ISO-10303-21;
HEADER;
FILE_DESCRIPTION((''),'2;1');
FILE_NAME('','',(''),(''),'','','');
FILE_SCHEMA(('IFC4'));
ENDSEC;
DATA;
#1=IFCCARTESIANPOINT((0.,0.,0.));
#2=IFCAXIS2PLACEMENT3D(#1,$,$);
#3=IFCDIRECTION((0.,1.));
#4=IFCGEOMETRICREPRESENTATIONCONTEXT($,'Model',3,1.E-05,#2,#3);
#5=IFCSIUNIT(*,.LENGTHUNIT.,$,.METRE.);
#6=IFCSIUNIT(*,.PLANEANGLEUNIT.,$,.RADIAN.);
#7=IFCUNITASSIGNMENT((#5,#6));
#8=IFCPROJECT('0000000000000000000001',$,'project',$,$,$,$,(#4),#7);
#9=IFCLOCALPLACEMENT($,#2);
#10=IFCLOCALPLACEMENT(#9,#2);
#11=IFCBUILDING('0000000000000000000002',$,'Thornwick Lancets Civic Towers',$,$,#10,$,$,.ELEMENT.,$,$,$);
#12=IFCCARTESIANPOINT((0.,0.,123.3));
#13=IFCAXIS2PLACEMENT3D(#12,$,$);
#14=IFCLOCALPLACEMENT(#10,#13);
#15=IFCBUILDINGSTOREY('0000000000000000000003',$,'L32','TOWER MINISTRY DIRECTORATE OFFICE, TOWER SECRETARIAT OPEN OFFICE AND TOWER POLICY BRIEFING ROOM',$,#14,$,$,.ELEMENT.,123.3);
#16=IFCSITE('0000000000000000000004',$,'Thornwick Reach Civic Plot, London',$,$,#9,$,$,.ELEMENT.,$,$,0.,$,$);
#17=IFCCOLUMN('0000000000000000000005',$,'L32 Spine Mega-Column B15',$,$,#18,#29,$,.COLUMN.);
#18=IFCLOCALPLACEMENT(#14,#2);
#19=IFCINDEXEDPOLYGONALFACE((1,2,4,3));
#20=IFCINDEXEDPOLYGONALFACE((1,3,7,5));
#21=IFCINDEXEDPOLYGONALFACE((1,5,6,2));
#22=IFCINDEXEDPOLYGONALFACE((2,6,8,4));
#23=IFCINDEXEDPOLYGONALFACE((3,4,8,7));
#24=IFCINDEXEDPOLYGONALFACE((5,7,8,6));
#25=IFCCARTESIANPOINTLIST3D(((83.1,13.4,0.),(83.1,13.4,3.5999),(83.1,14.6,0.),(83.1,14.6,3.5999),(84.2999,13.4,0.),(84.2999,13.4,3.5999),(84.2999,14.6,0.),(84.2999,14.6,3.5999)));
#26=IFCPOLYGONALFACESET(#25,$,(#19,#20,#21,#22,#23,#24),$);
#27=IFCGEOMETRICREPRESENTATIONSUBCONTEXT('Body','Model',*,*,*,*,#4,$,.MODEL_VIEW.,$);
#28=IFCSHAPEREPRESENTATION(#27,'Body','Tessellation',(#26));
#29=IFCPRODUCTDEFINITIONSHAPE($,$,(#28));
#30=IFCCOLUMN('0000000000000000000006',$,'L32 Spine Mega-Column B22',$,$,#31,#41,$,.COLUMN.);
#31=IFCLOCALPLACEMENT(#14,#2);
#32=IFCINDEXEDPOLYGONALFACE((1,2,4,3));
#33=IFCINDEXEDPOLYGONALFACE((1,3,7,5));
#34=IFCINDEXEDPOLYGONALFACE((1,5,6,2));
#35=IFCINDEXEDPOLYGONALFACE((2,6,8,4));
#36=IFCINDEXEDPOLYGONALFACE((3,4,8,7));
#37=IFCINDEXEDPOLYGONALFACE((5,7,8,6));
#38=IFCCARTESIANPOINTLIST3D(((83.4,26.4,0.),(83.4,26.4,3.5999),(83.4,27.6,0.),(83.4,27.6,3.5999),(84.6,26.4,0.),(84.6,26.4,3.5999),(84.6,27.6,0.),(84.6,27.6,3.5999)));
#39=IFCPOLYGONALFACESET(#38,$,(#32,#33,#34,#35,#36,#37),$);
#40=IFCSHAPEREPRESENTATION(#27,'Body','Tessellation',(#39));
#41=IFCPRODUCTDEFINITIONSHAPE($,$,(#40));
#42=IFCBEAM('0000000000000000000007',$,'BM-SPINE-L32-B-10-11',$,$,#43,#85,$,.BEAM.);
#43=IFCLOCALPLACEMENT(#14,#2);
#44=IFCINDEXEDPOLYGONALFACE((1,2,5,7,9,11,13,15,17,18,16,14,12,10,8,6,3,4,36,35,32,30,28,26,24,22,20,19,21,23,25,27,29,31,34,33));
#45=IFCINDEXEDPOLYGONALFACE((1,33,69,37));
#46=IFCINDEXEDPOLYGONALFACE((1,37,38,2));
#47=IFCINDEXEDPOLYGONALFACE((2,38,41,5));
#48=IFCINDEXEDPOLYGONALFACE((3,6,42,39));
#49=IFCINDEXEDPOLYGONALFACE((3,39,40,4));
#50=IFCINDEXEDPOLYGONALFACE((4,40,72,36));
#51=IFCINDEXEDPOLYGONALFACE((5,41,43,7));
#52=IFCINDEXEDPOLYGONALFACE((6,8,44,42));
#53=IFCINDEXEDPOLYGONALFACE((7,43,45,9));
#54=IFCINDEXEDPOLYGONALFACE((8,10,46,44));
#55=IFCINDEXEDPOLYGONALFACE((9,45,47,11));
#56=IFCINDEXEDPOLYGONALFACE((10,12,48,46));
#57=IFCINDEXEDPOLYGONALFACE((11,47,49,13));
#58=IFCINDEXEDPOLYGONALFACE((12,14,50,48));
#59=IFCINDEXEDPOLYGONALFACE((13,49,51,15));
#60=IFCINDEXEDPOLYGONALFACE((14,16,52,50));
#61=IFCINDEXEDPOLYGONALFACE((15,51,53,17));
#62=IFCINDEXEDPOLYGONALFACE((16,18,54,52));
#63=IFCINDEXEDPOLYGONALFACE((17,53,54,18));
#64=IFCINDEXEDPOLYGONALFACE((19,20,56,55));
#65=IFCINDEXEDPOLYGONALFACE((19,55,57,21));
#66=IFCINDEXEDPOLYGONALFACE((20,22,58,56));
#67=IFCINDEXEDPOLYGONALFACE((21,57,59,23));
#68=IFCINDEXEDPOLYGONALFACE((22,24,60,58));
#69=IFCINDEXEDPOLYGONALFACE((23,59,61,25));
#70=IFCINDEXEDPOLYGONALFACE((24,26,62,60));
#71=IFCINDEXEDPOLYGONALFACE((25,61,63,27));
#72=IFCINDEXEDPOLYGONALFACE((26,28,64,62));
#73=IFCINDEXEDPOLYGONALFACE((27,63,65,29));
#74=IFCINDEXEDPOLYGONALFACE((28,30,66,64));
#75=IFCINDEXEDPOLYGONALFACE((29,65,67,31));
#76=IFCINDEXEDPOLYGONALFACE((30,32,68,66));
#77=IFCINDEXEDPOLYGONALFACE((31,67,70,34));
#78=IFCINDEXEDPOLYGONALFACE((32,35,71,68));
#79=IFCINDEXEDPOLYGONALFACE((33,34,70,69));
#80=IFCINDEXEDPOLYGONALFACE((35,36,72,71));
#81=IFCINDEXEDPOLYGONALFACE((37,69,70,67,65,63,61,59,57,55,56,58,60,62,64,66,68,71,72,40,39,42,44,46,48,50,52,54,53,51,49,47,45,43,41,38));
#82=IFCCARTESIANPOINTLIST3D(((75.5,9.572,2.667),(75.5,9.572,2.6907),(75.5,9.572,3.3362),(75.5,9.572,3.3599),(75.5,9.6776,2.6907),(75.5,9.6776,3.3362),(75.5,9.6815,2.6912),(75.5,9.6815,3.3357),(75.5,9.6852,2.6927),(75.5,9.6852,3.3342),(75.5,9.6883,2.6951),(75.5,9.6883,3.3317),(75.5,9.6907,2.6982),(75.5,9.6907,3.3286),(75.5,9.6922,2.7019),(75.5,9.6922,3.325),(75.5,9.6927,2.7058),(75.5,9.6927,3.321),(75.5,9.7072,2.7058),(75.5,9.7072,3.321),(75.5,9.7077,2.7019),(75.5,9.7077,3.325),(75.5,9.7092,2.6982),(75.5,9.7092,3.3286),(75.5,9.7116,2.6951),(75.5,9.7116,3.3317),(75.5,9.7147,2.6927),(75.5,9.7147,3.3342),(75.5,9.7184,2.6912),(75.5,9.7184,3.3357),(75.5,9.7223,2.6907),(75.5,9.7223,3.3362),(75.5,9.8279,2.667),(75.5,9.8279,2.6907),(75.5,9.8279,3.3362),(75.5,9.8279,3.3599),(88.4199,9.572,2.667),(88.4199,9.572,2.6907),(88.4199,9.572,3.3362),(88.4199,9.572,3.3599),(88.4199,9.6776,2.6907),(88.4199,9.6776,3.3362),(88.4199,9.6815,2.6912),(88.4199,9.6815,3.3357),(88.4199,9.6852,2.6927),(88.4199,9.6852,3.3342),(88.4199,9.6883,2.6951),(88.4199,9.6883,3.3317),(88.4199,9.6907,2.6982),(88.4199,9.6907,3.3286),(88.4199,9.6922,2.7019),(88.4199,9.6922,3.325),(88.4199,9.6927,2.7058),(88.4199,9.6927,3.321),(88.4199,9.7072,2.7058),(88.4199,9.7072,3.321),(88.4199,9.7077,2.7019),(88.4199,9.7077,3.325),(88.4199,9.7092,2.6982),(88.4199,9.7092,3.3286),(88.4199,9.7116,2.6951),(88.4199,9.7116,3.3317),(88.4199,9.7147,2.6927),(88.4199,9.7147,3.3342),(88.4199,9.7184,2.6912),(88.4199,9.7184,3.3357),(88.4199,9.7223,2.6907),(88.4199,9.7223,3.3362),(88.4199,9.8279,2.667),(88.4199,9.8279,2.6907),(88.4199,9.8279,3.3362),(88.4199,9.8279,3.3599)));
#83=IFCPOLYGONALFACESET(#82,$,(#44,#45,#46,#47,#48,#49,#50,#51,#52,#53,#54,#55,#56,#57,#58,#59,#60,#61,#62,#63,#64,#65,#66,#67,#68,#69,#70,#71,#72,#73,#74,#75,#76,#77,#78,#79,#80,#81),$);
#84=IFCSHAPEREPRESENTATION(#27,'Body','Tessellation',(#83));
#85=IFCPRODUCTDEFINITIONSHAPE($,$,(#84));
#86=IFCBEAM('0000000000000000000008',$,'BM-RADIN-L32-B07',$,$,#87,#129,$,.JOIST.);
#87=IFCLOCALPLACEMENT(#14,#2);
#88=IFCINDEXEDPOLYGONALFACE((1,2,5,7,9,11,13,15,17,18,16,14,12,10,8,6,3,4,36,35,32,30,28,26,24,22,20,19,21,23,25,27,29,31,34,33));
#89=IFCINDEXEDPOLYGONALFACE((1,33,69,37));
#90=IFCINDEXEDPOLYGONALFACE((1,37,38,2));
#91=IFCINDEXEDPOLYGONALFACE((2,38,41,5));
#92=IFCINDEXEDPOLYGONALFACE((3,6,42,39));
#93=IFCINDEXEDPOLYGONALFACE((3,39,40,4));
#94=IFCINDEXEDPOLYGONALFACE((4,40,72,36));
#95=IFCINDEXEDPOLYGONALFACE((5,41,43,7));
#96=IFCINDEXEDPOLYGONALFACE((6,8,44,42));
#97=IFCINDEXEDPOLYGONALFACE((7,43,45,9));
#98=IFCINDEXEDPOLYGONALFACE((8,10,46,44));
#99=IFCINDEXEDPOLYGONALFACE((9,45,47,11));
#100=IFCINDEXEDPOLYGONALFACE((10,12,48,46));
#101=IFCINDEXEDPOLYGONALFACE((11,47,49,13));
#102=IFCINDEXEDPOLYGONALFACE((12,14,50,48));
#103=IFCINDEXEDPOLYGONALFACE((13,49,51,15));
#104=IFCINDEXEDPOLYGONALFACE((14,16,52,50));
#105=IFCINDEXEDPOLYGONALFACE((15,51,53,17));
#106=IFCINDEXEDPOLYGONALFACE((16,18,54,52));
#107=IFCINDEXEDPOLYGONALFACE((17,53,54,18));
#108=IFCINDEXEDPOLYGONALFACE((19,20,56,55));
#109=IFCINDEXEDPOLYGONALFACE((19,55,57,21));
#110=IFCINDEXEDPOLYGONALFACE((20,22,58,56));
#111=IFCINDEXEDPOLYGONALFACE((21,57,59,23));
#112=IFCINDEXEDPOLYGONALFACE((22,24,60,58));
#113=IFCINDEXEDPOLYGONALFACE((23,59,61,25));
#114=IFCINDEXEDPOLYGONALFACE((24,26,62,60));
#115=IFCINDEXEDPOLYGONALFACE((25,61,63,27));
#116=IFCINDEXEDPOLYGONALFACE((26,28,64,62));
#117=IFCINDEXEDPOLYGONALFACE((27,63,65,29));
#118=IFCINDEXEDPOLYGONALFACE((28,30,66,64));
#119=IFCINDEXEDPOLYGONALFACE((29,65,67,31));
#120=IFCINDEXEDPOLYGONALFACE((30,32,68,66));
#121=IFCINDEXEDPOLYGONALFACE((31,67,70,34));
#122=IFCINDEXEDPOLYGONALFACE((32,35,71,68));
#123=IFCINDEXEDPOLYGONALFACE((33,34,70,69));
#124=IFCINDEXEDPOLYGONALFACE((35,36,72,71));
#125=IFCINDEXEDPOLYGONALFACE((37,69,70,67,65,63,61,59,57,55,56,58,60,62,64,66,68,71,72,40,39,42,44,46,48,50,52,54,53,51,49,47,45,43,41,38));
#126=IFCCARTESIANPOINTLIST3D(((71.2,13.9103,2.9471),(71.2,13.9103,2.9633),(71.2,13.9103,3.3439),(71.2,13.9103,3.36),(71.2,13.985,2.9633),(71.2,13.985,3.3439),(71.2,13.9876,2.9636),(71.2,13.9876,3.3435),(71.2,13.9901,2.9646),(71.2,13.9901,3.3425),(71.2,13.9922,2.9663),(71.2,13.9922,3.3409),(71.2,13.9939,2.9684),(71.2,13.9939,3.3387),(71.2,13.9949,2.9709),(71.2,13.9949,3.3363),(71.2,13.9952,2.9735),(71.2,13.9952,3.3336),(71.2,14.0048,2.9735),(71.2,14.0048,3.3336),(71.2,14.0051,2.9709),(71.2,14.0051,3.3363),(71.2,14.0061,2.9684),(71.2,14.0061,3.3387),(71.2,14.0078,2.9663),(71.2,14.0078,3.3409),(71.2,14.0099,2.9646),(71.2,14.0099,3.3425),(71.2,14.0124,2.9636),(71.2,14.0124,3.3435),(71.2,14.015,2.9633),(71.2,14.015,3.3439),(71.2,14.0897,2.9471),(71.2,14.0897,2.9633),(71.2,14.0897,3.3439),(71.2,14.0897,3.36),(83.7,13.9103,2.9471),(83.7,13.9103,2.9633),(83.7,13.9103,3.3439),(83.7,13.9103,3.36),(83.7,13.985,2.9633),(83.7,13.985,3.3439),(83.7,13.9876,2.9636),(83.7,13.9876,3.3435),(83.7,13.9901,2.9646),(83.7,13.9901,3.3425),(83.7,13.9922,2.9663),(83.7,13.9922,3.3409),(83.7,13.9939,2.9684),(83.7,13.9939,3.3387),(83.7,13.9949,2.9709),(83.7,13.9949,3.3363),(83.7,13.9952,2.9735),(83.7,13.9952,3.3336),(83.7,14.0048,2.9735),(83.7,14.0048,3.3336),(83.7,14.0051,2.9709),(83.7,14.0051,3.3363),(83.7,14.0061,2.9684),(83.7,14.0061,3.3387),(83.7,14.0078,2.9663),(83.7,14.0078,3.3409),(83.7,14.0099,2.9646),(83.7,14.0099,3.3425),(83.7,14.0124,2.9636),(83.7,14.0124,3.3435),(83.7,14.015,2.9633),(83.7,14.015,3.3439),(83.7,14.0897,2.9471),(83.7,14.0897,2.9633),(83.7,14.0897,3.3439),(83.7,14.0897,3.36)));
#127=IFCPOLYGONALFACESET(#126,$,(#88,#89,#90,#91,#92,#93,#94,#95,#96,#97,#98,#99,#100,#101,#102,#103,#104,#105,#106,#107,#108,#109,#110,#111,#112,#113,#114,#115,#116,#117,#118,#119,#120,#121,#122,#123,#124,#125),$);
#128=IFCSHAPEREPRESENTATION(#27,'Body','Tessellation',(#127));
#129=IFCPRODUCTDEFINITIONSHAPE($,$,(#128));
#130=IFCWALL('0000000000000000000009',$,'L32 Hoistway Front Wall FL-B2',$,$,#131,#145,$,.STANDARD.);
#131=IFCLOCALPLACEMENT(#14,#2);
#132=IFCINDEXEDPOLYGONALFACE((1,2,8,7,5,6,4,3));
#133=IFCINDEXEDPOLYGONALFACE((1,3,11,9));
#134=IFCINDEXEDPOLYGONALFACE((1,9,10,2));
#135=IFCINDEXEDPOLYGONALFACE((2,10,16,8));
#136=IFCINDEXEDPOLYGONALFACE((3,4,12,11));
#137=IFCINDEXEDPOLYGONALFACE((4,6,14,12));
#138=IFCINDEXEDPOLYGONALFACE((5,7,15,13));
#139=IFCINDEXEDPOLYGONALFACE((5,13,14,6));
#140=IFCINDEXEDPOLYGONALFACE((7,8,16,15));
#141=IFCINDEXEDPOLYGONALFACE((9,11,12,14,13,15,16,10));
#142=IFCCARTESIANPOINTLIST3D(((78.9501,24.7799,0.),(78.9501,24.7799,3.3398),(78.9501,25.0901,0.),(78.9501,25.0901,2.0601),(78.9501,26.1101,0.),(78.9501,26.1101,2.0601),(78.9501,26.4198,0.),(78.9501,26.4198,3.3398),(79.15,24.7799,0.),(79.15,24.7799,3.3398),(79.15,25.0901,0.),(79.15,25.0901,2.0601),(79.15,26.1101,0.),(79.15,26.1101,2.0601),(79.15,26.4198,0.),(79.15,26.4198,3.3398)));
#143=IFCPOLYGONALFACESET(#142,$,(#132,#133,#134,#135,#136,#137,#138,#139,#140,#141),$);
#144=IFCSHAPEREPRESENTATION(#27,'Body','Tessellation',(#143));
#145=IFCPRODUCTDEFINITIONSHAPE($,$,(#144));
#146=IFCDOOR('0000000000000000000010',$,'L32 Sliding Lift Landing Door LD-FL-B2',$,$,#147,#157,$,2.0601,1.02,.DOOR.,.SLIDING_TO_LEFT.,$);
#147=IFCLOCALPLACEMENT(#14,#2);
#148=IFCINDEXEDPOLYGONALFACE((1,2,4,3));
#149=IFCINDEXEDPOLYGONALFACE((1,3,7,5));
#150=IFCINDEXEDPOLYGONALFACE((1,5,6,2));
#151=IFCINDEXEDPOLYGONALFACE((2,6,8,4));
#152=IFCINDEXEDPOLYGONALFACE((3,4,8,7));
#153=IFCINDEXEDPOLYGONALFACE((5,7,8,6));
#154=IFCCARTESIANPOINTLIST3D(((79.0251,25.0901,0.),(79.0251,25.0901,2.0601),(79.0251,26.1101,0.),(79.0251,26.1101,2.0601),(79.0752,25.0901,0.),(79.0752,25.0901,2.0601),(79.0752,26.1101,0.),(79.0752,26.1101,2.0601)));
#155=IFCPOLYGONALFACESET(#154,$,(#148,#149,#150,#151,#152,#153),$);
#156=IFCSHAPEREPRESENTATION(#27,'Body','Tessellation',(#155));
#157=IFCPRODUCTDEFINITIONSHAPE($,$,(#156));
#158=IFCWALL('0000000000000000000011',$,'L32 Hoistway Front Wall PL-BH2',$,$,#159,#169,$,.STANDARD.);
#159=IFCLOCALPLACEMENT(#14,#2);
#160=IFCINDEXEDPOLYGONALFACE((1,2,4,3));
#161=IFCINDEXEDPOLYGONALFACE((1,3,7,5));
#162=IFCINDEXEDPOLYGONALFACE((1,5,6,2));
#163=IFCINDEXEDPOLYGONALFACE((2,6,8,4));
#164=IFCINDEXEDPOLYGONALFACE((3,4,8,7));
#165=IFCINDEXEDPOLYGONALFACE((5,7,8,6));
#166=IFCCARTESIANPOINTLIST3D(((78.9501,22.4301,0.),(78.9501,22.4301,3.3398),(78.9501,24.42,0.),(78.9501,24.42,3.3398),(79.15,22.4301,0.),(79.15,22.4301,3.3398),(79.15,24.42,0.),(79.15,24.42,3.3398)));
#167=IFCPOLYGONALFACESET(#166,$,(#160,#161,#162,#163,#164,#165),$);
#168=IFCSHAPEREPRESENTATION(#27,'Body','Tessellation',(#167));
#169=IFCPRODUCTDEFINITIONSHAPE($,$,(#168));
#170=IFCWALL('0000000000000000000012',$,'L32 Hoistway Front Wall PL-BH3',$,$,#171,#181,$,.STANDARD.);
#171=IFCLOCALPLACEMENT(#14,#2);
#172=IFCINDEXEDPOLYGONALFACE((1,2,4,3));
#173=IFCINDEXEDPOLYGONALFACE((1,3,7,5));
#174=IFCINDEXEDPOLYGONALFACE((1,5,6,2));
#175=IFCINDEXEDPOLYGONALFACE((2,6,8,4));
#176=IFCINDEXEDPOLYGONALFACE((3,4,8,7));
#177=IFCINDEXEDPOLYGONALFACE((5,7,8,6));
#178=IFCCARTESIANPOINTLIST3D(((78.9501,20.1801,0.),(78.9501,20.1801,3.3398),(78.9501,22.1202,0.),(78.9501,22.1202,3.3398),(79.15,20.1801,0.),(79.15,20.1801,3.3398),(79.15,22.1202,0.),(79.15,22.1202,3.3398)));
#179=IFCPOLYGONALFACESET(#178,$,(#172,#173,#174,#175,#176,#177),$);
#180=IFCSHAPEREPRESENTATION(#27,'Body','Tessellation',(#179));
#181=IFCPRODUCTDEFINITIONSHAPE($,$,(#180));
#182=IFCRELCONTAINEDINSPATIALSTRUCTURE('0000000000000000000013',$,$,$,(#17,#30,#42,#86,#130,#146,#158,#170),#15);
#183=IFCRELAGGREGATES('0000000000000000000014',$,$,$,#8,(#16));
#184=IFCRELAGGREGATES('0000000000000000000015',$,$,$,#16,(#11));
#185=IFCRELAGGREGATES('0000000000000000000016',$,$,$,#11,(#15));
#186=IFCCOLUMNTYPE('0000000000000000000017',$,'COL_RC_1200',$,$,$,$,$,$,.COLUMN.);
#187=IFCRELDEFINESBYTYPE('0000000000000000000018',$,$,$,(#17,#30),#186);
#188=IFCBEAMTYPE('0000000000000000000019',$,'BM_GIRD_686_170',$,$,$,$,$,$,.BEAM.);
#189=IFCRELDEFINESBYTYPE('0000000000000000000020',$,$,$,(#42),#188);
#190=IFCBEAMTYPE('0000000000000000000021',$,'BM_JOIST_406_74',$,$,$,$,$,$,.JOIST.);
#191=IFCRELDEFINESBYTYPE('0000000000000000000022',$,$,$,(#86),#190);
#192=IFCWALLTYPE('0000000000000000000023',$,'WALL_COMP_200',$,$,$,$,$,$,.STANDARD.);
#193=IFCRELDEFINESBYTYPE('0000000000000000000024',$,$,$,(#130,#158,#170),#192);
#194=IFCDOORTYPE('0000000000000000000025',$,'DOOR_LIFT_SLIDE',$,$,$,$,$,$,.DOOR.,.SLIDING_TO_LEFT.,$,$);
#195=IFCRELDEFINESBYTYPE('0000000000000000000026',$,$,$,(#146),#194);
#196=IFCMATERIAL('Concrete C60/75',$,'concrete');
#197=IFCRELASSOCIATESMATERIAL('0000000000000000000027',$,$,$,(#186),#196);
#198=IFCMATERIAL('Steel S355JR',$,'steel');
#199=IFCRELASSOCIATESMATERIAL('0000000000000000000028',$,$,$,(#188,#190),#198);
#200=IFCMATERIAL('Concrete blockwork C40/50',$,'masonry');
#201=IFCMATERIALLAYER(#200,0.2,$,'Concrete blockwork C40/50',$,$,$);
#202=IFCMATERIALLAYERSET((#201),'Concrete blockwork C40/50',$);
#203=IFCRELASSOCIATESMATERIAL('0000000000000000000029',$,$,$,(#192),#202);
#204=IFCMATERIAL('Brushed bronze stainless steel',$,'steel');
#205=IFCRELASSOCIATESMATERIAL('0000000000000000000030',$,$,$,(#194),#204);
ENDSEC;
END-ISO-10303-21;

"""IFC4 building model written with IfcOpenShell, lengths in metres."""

from ifc_helpers import new_model, si_unit, direction, frame, frame_2d, origin, origin_2d, place, context, subcontext, project, spatial, rectangle, i_section, extrude, material, layer, layer_set, material_profile, profile_set, type_object, element, fill, save


model = new_model("IFC4")

# Units and contexts
model_context = context("Model", 3, precision=1e-05, world=origin(), true_north=direction((0.0, 1.0)))
body_context = subcontext(model_context, "Body", "Model", "MODEL_VIEW")
ifc_project = project(units=[si_unit("LENGTHUNIT", "METRE"), si_unit("PLANEANGLEUNIT", "RADIAN")], contexts=[model_context])

# Site, building, storey
site_placement = place(None, origin())
site = spatial("IfcSite", under=ifc_project, at=site_placement, Name="Thornwick Reach Civic Plot, London", CompositionType="ELEMENT", RefElevation=0.0)
building_placement = place(site_placement, origin())
building = spatial("IfcBuilding", under=site, at=building_placement, Name="Thornwick Lancets Civic Towers", CompositionType="ELEMENT")
storey_placement = place(building_placement, frame((0.0, 0.0, 123.3)))
storey = spatial("IfcBuildingStorey", under=building, at=storey_placement, Name="L32", Description="TOWER MINISTRY DIRECTORATE OFFICE, TOWER SECRETARIAT OPEN OFFICE AND TOWER POLICY BRIEFING ROOM", CompositionType="ELEMENT", Elevation=123.3)

# Columns
ifc_material_1 = material(Name="Concrete C60/75", Category="concrete")
ifc_material_profile_1 = material_profile(ifc_material_1, rectangle(XDim=1.2, YDim=1.2, at=origin_2d()), Name="RC 1200x1200")
ifc_profile_set_1 = profile_set([ifc_material_profile_1], Name="Concrete C60/75")
column_type = type_object("IfcColumnType", Name="COL_RC_1200", PredefinedType="COLUMN", material=ifc_profile_set_1)
for number, where, z_axis, x_axis, name in (
    (1, (83.7, 14.0, 0.0), (0.0, 0.0, 1.0), (1.0, 0.0, 0.0), "L32 Spine Mega-Column B15"),
    (2, (84.0, 27.0, 0.0), (0.0, 0.0, 1.0), (1.0, 0.0, 0.0), "L32 Spine Mega-Column B22"),
):
    element("IfcColumn", number, at=place(storey_placement, frame(where, z_axis=z_axis, x_axis=x_axis)), inside=storey, type_object=column_type, Name=name, PredefinedType="COLUMN", context=body_context, shape_type="SweptSolid", body=[
        extrude(rectangle(XDim=1.2, YDim=1.2, at=origin_2d()), origin(), (0.0, 0.0, 1.0), 3.5999),
    ])

# Beams
ifc_material_2 = material(Name="Steel S355JR", Category="steel")
ifc_material_profile_2 = material_profile(ifc_material_2, i_section(OverallWidth=0.2559, OverallDepth=0.6929, WebThickness=0.0144, FlangeThickness=0.0237, FilletRadius=0.0151, at=origin_2d()), Name="UKB 686x254x170")
ifc_profile_set_2 = profile_set([ifc_material_profile_2], Name="Steel S355JR")
beam_type_1 = type_object("IfcBeamType", Name="BM_GIRD_686_170", PredefinedType="BEAM", material=ifc_profile_set_2)
beam_1_placement = place(storey_placement, frame((88.4199, 9.7, 3.0134), z_axis=(-1.0, 0.0, 0.0), x_axis=(0.0, -1.0, 0.0)))
element("IfcBeam", 3, at=beam_1_placement, inside=storey, type_object=beam_type_1, Name="BM-SPINE-L32-B-10-11", PredefinedType="BEAM", context=body_context, shape_type="SweptSolid", body=[
    extrude(i_section(OverallWidth=0.2559, OverallDepth=0.6929, WebThickness=0.0144, FlangeThickness=0.0237, FilletRadius=0.0151, at=origin_2d()), origin(), (0.0, 0.0, 1.0), 12.9199),
])
ifc_material_profile_3 = material_profile(ifc_material_2, i_section(OverallWidth=0.1794, OverallDepth=0.4128, WebThickness=0.0095, FlangeThickness=0.0161, FilletRadius=0.0103, at=origin_2d()), Name="UKB 406x178x74")
ifc_profile_set_3 = profile_set([ifc_material_profile_3], Name="Steel S355JR")
beam_type_2 = type_object("IfcBeamType", Name="BM_JOIST_406_74", PredefinedType="JOIST", material=ifc_profile_set_3)
beam_2_placement = place(storey_placement, frame((83.7, 14.0, 3.1536), z_axis=(-1.0, 0.0, 0.0), x_axis=(0.0, -1.0, 0.0)))
element("IfcBeam", 4, at=beam_2_placement, inside=storey, type_object=beam_type_2, Name="BM-RADIN-L32-B07", PredefinedType="JOIST", context=body_context, shape_type="SweptSolid", body=[
    extrude(i_section(OverallWidth=0.1794, OverallDepth=0.4128, WebThickness=0.0095, FlangeThickness=0.0161, FilletRadius=0.0103, at=origin_2d()), origin(), (0.0, 0.0, 1.0), 12.5),
])

# Wall, opening, door
ifc_material_3 = material(Name="Concrete blockwork C40/50", Category="masonry")
ifc_layer_1 = layer(ifc_material_3, 0.2, Name="Concrete blockwork C40/50")
ifc_layer_set_1 = layer_set([ifc_layer_1], Name="Concrete blockwork C40/50")
wall_type_1 = type_object("IfcWallType", Name="WALL_COMP_200", PredefinedType="STANDARD", material=ifc_layer_set_1)
wall_1_placement = place(storey_placement, frame((79.05, 24.78, 0.0), z_axis=(0.0, 0.0, 1.0), x_axis=(0.0, 1.0, 0.0)))
wall_1 = element("IfcWall", 5, at=wall_1_placement, inside=storey, type_object=wall_type_1, Name="L32 Hoistway Front Wall FL-B2", PredefinedType="STANDARD", context=body_context, shape_type="SweptSolid", body=[
    extrude(rectangle(XDim=1.6399, YDim=0.2, at=frame_2d((0.8198, 0.0))), origin(), (0.0, 0.0, 1.0), 3.3398),
])
opening_1_placement = place(wall_1_placement, frame((0.3101, 0.0, 0.0)))
opening_1 = element("IfcOpeningElement", 6, at=opening_1_placement, cuts=wall_1, PredefinedType="OPENING", context=body_context, shape_type="SweptSolid", body=[
    extrude(rectangle(XDim=1.02, YDim=2.0601, at=frame_2d((0.51, 1.03))), frame((0.0, 0.1099, 0.0), z_axis=(0.0, -1.0, 0.0), x_axis=(1.0, 0.0, 0.0)), (0.0, 0.0, 1.0), 0.22),
])
ifc_material_4 = material(Name="Brushed bronze stainless steel", Category="steel")
door_type_1 = type_object("IfcDoorType", Name="DOOR_LIFT_SLIDE", OperationType="SLIDING_TO_LEFT", PredefinedType="DOOR", material=ifc_material_4)
door_1_placement = place(opening_1_placement, origin())
door_1 = element("IfcDoor", 7, at=door_1_placement, inside=storey, type_object=door_type_1, Name="L32 Sliding Lift Landing Door LD-FL-B2", OperationType="SLIDING_TO_LEFT", OverallHeight=2.0601, OverallWidth=1.02, PredefinedType="DOOR", context=body_context, shape_type="SweptSolid", body=[
    extrude(rectangle(XDim=1.02, YDim=2.0601, at=frame_2d((0.51, 1.03))), frame((0.0, 0.0249, 0.0), z_axis=(0.0, -1.0, 0.0), x_axis=(1.0, 0.0, 0.0)), (0.0, 0.0, 1.0), 0.05),
])
fill(opening_1, door_1)

# Walls
wall_2_placement = place(storey_placement, frame((79.05, 22.4299, 0.0), z_axis=(0.0, 0.0, 1.0), x_axis=(0.0, 1.0, 0.0)))
element("IfcWall", 8, at=wall_2_placement, inside=storey, type_object=wall_type_1, Name="L32 Hoistway Front Wall PL-BH2", PredefinedType="STANDARD", context=body_context, shape_type="SweptSolid", body=[
    extrude(rectangle(XDim=1.99, YDim=0.2, at=frame_2d((0.9951, 0.0))), origin(), (0.0, 0.0, 1.0), 3.3398),
])
wall_3_placement = place(storey_placement, frame((79.05, 20.1799, 0.0), z_axis=(0.0, 0.0, 1.0), x_axis=(0.0, 1.0, 0.0)))
element("IfcWall", 9, at=wall_3_placement, inside=storey, type_object=wall_type_1, Name="L32 Hoistway Front Wall PL-BH3", PredefinedType="STANDARD", context=body_context, shape_type="SweptSolid", body=[
    extrude(rectangle(XDim=1.9402, YDim=0.2, at=frame_2d((0.9702, 0.0))), origin(), (0.0, 0.0, 1.0), 3.3398),
])

save(model, "model.ifc")
